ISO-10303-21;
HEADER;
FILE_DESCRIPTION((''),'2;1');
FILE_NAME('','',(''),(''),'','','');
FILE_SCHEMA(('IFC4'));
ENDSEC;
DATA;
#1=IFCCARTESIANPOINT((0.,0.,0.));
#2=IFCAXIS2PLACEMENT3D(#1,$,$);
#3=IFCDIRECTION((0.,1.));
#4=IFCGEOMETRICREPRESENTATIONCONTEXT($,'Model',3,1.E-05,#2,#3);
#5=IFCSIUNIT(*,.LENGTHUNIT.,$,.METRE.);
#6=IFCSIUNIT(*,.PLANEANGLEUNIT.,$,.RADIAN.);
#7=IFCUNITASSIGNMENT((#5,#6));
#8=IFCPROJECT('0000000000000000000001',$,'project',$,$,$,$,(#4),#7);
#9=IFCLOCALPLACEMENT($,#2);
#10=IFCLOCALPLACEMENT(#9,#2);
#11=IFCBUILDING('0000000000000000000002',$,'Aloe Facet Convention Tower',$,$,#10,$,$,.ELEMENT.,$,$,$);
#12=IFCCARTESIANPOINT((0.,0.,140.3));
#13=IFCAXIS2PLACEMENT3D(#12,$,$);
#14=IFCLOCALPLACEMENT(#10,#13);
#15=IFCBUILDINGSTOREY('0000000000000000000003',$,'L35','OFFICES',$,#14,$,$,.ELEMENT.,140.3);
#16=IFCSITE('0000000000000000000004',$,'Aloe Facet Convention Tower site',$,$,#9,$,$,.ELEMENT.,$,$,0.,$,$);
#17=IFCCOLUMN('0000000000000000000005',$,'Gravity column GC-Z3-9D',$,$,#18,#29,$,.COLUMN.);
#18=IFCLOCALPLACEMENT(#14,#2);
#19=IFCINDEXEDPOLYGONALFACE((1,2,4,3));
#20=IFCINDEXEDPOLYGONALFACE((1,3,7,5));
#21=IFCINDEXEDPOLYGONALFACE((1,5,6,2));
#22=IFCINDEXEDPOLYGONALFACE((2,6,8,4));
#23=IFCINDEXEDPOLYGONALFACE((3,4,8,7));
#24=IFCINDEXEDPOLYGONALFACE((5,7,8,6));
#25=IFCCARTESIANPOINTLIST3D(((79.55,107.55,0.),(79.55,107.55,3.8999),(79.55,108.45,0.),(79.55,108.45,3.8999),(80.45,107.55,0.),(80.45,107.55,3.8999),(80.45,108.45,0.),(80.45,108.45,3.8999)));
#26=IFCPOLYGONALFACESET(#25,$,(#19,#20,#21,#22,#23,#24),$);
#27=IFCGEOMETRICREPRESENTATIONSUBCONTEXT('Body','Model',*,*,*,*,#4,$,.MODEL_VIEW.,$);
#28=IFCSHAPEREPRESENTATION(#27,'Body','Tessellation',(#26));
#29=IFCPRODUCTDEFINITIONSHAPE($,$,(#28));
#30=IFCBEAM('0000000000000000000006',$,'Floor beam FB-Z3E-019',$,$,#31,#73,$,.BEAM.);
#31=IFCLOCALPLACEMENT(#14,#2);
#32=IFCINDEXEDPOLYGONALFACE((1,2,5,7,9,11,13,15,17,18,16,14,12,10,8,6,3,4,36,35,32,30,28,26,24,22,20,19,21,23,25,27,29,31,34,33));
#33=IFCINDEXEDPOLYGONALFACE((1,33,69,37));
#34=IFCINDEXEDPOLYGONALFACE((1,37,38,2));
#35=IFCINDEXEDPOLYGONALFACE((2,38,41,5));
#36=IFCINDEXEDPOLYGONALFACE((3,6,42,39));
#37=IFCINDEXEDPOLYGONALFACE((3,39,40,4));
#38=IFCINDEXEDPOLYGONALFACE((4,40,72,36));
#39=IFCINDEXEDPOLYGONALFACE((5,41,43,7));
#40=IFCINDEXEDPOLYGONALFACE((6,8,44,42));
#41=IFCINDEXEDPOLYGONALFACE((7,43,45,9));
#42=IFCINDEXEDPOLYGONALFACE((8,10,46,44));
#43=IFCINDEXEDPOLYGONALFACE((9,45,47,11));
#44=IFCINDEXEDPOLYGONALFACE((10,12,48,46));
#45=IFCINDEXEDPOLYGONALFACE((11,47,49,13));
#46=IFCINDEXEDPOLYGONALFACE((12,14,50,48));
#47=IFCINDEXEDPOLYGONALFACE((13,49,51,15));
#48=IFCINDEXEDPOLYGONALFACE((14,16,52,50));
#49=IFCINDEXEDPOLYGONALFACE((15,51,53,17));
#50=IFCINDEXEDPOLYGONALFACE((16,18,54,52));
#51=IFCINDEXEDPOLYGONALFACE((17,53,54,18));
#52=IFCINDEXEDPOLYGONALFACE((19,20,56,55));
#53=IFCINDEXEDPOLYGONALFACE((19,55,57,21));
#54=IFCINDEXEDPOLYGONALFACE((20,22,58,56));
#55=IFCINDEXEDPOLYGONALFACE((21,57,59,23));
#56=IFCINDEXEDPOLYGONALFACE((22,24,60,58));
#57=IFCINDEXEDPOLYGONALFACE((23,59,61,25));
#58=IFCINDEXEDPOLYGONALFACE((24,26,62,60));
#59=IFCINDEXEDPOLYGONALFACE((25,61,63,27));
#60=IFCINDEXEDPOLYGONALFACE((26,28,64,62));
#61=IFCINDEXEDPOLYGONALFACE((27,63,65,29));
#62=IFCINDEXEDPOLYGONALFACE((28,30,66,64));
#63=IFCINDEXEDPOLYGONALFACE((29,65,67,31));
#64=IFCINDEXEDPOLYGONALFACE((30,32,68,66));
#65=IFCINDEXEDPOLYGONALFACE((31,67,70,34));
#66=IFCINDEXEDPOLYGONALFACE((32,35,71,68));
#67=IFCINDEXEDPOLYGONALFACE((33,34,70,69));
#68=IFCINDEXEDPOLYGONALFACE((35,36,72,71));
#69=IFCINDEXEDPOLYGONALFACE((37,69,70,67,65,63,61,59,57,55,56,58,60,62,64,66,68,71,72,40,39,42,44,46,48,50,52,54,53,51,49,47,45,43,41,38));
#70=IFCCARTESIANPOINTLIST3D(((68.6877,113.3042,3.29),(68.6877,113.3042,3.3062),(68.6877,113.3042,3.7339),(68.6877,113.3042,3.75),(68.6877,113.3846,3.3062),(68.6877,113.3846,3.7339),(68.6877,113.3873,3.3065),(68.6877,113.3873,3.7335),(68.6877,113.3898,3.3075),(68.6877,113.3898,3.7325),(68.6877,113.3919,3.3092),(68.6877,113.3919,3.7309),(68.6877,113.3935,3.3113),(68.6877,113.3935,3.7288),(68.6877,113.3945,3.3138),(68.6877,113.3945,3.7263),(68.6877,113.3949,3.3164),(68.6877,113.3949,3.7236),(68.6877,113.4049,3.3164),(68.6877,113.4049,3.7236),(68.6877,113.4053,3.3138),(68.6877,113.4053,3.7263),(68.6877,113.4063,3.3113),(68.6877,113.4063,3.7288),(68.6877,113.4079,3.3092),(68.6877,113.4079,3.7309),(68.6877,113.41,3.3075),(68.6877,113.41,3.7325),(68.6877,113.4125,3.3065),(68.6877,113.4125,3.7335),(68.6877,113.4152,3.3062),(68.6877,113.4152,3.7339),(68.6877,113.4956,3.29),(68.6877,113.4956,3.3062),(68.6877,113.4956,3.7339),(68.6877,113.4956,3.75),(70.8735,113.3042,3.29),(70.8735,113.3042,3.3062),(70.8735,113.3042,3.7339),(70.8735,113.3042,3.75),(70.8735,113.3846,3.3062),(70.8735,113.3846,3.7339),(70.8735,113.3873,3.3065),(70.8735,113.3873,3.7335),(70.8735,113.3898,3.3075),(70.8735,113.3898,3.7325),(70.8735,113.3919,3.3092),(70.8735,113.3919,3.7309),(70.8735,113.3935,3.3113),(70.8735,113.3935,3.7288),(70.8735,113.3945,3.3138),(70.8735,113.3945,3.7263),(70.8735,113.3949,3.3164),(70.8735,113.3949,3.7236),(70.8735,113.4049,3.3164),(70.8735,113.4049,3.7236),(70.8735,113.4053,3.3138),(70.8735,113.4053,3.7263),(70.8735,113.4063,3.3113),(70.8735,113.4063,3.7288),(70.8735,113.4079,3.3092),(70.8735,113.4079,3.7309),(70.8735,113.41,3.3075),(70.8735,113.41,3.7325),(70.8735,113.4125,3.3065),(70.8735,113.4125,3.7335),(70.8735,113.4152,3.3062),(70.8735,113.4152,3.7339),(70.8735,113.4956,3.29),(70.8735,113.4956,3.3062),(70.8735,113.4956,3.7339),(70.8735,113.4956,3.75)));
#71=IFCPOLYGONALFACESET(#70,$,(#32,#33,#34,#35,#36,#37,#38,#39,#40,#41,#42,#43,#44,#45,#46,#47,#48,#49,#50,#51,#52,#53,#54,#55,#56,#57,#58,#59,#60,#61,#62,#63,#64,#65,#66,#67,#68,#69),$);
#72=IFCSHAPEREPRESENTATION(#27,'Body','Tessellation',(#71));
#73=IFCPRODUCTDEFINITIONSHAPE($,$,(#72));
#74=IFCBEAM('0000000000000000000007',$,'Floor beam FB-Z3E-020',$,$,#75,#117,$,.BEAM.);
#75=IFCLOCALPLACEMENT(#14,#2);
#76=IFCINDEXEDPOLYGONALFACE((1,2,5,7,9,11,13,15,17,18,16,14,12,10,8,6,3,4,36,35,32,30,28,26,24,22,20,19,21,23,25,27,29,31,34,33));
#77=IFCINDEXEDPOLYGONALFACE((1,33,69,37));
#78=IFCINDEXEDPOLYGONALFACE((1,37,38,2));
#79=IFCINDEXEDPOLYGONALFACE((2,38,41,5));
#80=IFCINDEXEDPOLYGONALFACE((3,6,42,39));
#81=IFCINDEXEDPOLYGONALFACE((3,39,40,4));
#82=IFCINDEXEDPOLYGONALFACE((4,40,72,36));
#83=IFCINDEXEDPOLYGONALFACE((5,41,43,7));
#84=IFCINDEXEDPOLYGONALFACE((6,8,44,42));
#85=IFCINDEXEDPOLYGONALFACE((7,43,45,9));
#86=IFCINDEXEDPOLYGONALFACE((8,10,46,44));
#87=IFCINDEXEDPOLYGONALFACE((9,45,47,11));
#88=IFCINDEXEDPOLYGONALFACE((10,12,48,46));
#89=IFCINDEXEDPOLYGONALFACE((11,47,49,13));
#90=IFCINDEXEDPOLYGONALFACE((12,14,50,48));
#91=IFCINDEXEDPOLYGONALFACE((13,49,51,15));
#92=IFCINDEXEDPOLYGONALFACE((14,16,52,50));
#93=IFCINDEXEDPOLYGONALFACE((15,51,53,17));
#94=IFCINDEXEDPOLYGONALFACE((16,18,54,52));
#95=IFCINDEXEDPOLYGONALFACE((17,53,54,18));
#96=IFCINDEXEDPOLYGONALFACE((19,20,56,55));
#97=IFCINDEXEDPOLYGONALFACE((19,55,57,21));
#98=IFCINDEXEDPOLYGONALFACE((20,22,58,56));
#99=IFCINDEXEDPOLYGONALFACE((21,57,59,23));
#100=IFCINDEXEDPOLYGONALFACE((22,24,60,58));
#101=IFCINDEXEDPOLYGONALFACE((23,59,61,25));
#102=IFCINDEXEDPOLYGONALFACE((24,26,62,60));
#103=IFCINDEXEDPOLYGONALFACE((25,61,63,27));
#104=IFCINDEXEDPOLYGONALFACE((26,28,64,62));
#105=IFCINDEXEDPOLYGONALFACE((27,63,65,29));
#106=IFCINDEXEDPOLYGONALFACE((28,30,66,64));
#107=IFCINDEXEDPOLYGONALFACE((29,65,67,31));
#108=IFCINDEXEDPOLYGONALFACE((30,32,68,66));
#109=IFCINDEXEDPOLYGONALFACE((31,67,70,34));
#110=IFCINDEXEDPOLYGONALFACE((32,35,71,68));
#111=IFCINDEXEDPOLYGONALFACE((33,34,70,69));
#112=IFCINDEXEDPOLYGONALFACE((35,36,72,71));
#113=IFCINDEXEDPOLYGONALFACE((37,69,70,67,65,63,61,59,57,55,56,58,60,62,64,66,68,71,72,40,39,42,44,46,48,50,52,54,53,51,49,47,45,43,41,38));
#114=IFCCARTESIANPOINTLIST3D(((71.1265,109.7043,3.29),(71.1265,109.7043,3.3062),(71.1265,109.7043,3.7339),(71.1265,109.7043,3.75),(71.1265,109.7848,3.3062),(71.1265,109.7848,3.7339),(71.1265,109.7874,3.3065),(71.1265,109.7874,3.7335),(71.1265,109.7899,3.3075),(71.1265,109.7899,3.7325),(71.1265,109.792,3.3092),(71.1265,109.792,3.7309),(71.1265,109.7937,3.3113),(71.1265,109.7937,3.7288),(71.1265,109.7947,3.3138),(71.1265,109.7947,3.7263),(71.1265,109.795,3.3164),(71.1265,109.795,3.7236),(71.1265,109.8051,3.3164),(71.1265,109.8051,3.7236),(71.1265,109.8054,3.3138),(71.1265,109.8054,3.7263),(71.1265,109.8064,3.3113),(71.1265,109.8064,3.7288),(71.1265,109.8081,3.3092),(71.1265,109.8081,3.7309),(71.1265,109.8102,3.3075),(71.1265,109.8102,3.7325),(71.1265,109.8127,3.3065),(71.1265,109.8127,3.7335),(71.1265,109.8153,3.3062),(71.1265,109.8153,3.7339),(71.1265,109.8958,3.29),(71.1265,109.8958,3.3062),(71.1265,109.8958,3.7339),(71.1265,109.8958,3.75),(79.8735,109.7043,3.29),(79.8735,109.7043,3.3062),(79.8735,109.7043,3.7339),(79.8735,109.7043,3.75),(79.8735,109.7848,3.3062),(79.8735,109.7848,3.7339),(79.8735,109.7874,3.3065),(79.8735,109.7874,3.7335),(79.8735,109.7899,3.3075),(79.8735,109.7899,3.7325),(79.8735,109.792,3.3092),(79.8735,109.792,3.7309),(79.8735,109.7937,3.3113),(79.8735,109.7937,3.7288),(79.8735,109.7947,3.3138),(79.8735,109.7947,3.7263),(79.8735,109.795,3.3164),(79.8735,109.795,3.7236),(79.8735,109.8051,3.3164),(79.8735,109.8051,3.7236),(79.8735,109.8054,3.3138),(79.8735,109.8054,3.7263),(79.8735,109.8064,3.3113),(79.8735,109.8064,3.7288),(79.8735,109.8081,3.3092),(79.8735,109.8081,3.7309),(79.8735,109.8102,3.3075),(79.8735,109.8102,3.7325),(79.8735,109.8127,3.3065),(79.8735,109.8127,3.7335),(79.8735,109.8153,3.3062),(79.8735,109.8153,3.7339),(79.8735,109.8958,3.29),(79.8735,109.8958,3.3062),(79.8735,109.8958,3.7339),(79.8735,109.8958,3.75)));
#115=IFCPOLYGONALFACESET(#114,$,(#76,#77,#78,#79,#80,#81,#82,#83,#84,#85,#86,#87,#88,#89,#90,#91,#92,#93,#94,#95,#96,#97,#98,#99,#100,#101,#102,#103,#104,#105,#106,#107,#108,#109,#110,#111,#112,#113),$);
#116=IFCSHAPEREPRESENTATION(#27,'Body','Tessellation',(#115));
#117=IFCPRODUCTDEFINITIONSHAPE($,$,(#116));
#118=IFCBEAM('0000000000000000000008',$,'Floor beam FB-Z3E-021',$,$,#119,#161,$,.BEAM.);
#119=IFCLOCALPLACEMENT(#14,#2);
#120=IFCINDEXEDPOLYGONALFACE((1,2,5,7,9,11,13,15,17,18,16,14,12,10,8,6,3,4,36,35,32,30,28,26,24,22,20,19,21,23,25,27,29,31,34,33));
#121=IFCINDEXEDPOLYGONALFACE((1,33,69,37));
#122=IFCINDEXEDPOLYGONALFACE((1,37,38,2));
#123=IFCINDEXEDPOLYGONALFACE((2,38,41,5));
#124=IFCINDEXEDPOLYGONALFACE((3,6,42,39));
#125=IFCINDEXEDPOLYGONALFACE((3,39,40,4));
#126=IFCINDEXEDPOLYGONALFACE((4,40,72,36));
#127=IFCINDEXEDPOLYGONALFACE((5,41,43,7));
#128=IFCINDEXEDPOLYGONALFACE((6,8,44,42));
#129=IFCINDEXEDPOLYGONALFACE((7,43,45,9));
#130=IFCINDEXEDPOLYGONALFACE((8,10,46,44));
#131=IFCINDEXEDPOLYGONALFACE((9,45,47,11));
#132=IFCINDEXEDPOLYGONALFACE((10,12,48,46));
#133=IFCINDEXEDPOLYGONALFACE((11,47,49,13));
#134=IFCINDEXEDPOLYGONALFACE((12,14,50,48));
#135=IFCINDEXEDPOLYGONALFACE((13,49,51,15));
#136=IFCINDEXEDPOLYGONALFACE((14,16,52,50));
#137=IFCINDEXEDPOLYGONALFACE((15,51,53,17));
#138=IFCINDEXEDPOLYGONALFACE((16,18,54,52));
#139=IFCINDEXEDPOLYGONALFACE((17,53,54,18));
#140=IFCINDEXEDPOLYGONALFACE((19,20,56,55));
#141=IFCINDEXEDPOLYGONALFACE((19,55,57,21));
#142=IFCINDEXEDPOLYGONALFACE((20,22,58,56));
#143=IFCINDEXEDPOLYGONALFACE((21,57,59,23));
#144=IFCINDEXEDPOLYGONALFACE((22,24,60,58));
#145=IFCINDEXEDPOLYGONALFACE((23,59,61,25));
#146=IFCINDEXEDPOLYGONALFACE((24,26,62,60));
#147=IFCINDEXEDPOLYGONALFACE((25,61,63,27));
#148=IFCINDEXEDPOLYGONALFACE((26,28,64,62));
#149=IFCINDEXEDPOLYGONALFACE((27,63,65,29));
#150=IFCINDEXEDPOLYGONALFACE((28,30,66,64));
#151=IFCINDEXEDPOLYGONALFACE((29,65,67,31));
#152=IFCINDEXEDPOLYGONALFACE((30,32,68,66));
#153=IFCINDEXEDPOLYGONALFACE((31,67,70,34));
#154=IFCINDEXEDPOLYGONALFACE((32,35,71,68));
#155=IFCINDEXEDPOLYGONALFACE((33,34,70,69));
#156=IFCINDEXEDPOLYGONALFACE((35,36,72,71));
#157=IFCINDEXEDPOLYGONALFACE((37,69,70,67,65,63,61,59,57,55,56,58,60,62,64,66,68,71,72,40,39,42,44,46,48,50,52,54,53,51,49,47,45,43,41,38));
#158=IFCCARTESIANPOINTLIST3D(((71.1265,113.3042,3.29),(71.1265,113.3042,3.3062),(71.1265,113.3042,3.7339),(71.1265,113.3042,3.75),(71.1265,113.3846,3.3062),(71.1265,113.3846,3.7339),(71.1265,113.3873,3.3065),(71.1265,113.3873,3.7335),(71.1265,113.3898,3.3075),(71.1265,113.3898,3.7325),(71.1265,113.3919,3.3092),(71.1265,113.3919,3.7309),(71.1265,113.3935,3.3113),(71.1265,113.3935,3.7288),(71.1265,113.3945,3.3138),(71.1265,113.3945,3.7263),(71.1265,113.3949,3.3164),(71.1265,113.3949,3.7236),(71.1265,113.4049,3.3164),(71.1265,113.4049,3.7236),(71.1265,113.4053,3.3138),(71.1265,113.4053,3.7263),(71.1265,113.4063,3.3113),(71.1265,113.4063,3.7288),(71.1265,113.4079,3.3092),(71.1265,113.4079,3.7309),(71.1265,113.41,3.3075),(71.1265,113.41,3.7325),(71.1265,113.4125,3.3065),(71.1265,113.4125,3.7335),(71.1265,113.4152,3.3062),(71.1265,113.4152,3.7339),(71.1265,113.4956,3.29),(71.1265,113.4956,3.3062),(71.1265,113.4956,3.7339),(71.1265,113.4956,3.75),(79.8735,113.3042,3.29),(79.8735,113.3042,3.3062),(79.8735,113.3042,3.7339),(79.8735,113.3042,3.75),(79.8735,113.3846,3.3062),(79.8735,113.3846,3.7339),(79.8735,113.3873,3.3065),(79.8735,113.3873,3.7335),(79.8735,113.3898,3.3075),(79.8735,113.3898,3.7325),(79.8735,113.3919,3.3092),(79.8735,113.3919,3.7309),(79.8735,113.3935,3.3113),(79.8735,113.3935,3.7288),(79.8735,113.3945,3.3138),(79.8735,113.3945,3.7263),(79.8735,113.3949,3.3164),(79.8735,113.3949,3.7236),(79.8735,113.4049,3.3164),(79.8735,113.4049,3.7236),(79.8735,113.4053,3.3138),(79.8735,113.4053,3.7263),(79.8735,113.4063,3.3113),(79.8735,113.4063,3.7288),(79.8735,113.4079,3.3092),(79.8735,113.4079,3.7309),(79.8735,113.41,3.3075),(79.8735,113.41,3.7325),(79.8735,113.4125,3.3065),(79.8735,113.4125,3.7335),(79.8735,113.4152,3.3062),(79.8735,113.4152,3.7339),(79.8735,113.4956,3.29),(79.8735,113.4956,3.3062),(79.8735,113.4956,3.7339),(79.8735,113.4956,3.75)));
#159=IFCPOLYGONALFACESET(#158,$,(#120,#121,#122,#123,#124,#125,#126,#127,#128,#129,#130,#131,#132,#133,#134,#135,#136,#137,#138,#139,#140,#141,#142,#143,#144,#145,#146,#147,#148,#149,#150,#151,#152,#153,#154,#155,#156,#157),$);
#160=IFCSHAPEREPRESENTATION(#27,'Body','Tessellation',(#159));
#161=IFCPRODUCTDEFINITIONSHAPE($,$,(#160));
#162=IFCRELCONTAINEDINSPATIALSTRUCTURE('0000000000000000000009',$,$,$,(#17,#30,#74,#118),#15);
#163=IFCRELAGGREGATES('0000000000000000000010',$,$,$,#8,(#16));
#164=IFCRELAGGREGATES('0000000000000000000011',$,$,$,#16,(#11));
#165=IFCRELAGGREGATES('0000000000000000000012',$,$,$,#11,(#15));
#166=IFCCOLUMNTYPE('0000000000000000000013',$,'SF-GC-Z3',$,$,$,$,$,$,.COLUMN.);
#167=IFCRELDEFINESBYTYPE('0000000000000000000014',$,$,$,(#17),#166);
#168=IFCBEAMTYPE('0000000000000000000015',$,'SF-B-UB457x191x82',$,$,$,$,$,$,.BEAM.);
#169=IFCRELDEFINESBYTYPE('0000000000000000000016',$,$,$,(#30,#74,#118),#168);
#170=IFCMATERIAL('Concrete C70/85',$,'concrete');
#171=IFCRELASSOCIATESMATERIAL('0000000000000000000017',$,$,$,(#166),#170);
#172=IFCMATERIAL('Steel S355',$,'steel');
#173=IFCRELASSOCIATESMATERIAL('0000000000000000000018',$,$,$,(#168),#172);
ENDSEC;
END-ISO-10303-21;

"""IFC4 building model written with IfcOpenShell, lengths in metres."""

from ifc_helpers import new_model, si_unit, direction, frame, origin, origin_2d, place, context, subcontext, project, spatial, rectangle, i_section, extrude, material, material_profile, profile_set, type_object, element, save


model = new_model("IFC4")

# Units and contexts
model_context = context("Model", 3, precision=1e-05, world=origin(), true_north=direction((0.0, 1.0)))
body_context = subcontext(model_context, "Body", "Model", "MODEL_VIEW")
ifc_project = project(units=[si_unit("LENGTHUNIT", "METRE"), si_unit("PLANEANGLEUNIT", "RADIAN")], contexts=[model_context])

# Site, building, storey
site_placement = place(None, origin())
site = spatial("IfcSite", under=ifc_project, at=site_placement, Name="Aloe Facet Convention Tower site", CompositionType="ELEMENT", RefElevation=0.0)
building_placement = place(site_placement, origin())
building = spatial("IfcBuilding", under=site, at=building_placement, Name="Aloe Facet Convention Tower", CompositionType="ELEMENT")
storey_placement = place(building_placement, frame((0.0, 0.0, 140.3)))
storey = spatial("IfcBuildingStorey", under=building, at=storey_placement, Name="L35", Description="OFFICES", CompositionType="ELEMENT", Elevation=140.3)

# Column
ifc_material_1 = material(Name="Concrete C70/85", Category="concrete")
ifc_material_profile_1 = material_profile(ifc_material_1, rectangle(XDim=0.8999, YDim=0.8999, at=origin_2d()), Name="SF-GC-Z3")
ifc_profile_set_1 = profile_set([ifc_material_profile_1], Name="Concrete C70/85")
column_type = type_object("IfcColumnType", Name="SF-GC-Z3", PredefinedType="COLUMN", material=ifc_profile_set_1)
column_placement = place(storey_placement, frame((80.0, 108.0, 0.0), z_axis=(0.0, 0.0, 1.0), x_axis=(1.0, 0.0, 0.0)))
element("IfcColumn", 1, at=column_placement, inside=storey, type_object=column_type, Name="Gravity column GC-Z3-9D", PredefinedType="COLUMN", context=body_context, shape_type="SweptSolid", body=[
    extrude(rectangle(XDim=0.8999, YDim=0.8999, at=origin_2d()), origin(), (0.0, 0.0, 1.0), 3.8999),
])

# Beams
ifc_material_2 = material(Name="Steel S355", Category="steel")
ifc_material_profile_2 = material_profile(ifc_material_2, i_section(OverallWidth=0.1914, OverallDepth=0.46, WebThickness=0.01, FlangeThickness=0.0161, FilletRadius=0.0103, at=origin_2d()), Name="UB 457x191x82")
ifc_profile_set_2 = profile_set([ifc_material_profile_2], Name="Steel S355")
beam_type_1 = type_object("IfcBeamType", Name="SF-B-UB457x191x82", PredefinedType="BEAM", material=ifc_profile_set_2)
beam_1_placement = place(storey_placement, frame((68.6877, 113.3999, 3.52), z_axis=(1.0, 0.0, 0.0), x_axis=(0.0, 1.0, 0.0)))
element("IfcBeam", 2, at=beam_1_placement, inside=storey, type_object=beam_type_1, Name="Floor beam FB-Z3E-019", PredefinedType="BEAM", context=body_context, shape_type="SweptSolid", body=[
    extrude(i_section(OverallWidth=0.1914, OverallDepth=0.46, WebThickness=0.01, FlangeThickness=0.0161, FilletRadius=0.0103, at=origin_2d()), origin(), (0.0, 0.0, 1.0), 2.1858),
])
for number, where, z_axis, x_axis, name in (
    (3, (71.1265, 109.8, 3.52), (1.0, 0.0, 0.0), (0.0, 1.0, 0.0), "Floor beam FB-Z3E-020"),
    (4, (71.1265, 113.3999, 3.52), (1.0, 0.0, 0.0), (0.0, 1.0, 0.0), "Floor beam FB-Z3E-021"),
):
    element("IfcBeam", number, at=place(storey_placement, frame(where, z_axis=z_axis, x_axis=x_axis)), inside=storey, type_object=beam_type_1, Name=name, PredefinedType="BEAM", context=body_context, shape_type="SweptSolid", body=[
        extrude(i_section(OverallWidth=0.1914, OverallDepth=0.46, WebThickness=0.01, FlangeThickness=0.0161, FilletRadius=0.0103, at=origin_2d()), origin(), (0.0, 0.0, 1.0), 8.7471),
    ])

save(model, "model.ifc")
